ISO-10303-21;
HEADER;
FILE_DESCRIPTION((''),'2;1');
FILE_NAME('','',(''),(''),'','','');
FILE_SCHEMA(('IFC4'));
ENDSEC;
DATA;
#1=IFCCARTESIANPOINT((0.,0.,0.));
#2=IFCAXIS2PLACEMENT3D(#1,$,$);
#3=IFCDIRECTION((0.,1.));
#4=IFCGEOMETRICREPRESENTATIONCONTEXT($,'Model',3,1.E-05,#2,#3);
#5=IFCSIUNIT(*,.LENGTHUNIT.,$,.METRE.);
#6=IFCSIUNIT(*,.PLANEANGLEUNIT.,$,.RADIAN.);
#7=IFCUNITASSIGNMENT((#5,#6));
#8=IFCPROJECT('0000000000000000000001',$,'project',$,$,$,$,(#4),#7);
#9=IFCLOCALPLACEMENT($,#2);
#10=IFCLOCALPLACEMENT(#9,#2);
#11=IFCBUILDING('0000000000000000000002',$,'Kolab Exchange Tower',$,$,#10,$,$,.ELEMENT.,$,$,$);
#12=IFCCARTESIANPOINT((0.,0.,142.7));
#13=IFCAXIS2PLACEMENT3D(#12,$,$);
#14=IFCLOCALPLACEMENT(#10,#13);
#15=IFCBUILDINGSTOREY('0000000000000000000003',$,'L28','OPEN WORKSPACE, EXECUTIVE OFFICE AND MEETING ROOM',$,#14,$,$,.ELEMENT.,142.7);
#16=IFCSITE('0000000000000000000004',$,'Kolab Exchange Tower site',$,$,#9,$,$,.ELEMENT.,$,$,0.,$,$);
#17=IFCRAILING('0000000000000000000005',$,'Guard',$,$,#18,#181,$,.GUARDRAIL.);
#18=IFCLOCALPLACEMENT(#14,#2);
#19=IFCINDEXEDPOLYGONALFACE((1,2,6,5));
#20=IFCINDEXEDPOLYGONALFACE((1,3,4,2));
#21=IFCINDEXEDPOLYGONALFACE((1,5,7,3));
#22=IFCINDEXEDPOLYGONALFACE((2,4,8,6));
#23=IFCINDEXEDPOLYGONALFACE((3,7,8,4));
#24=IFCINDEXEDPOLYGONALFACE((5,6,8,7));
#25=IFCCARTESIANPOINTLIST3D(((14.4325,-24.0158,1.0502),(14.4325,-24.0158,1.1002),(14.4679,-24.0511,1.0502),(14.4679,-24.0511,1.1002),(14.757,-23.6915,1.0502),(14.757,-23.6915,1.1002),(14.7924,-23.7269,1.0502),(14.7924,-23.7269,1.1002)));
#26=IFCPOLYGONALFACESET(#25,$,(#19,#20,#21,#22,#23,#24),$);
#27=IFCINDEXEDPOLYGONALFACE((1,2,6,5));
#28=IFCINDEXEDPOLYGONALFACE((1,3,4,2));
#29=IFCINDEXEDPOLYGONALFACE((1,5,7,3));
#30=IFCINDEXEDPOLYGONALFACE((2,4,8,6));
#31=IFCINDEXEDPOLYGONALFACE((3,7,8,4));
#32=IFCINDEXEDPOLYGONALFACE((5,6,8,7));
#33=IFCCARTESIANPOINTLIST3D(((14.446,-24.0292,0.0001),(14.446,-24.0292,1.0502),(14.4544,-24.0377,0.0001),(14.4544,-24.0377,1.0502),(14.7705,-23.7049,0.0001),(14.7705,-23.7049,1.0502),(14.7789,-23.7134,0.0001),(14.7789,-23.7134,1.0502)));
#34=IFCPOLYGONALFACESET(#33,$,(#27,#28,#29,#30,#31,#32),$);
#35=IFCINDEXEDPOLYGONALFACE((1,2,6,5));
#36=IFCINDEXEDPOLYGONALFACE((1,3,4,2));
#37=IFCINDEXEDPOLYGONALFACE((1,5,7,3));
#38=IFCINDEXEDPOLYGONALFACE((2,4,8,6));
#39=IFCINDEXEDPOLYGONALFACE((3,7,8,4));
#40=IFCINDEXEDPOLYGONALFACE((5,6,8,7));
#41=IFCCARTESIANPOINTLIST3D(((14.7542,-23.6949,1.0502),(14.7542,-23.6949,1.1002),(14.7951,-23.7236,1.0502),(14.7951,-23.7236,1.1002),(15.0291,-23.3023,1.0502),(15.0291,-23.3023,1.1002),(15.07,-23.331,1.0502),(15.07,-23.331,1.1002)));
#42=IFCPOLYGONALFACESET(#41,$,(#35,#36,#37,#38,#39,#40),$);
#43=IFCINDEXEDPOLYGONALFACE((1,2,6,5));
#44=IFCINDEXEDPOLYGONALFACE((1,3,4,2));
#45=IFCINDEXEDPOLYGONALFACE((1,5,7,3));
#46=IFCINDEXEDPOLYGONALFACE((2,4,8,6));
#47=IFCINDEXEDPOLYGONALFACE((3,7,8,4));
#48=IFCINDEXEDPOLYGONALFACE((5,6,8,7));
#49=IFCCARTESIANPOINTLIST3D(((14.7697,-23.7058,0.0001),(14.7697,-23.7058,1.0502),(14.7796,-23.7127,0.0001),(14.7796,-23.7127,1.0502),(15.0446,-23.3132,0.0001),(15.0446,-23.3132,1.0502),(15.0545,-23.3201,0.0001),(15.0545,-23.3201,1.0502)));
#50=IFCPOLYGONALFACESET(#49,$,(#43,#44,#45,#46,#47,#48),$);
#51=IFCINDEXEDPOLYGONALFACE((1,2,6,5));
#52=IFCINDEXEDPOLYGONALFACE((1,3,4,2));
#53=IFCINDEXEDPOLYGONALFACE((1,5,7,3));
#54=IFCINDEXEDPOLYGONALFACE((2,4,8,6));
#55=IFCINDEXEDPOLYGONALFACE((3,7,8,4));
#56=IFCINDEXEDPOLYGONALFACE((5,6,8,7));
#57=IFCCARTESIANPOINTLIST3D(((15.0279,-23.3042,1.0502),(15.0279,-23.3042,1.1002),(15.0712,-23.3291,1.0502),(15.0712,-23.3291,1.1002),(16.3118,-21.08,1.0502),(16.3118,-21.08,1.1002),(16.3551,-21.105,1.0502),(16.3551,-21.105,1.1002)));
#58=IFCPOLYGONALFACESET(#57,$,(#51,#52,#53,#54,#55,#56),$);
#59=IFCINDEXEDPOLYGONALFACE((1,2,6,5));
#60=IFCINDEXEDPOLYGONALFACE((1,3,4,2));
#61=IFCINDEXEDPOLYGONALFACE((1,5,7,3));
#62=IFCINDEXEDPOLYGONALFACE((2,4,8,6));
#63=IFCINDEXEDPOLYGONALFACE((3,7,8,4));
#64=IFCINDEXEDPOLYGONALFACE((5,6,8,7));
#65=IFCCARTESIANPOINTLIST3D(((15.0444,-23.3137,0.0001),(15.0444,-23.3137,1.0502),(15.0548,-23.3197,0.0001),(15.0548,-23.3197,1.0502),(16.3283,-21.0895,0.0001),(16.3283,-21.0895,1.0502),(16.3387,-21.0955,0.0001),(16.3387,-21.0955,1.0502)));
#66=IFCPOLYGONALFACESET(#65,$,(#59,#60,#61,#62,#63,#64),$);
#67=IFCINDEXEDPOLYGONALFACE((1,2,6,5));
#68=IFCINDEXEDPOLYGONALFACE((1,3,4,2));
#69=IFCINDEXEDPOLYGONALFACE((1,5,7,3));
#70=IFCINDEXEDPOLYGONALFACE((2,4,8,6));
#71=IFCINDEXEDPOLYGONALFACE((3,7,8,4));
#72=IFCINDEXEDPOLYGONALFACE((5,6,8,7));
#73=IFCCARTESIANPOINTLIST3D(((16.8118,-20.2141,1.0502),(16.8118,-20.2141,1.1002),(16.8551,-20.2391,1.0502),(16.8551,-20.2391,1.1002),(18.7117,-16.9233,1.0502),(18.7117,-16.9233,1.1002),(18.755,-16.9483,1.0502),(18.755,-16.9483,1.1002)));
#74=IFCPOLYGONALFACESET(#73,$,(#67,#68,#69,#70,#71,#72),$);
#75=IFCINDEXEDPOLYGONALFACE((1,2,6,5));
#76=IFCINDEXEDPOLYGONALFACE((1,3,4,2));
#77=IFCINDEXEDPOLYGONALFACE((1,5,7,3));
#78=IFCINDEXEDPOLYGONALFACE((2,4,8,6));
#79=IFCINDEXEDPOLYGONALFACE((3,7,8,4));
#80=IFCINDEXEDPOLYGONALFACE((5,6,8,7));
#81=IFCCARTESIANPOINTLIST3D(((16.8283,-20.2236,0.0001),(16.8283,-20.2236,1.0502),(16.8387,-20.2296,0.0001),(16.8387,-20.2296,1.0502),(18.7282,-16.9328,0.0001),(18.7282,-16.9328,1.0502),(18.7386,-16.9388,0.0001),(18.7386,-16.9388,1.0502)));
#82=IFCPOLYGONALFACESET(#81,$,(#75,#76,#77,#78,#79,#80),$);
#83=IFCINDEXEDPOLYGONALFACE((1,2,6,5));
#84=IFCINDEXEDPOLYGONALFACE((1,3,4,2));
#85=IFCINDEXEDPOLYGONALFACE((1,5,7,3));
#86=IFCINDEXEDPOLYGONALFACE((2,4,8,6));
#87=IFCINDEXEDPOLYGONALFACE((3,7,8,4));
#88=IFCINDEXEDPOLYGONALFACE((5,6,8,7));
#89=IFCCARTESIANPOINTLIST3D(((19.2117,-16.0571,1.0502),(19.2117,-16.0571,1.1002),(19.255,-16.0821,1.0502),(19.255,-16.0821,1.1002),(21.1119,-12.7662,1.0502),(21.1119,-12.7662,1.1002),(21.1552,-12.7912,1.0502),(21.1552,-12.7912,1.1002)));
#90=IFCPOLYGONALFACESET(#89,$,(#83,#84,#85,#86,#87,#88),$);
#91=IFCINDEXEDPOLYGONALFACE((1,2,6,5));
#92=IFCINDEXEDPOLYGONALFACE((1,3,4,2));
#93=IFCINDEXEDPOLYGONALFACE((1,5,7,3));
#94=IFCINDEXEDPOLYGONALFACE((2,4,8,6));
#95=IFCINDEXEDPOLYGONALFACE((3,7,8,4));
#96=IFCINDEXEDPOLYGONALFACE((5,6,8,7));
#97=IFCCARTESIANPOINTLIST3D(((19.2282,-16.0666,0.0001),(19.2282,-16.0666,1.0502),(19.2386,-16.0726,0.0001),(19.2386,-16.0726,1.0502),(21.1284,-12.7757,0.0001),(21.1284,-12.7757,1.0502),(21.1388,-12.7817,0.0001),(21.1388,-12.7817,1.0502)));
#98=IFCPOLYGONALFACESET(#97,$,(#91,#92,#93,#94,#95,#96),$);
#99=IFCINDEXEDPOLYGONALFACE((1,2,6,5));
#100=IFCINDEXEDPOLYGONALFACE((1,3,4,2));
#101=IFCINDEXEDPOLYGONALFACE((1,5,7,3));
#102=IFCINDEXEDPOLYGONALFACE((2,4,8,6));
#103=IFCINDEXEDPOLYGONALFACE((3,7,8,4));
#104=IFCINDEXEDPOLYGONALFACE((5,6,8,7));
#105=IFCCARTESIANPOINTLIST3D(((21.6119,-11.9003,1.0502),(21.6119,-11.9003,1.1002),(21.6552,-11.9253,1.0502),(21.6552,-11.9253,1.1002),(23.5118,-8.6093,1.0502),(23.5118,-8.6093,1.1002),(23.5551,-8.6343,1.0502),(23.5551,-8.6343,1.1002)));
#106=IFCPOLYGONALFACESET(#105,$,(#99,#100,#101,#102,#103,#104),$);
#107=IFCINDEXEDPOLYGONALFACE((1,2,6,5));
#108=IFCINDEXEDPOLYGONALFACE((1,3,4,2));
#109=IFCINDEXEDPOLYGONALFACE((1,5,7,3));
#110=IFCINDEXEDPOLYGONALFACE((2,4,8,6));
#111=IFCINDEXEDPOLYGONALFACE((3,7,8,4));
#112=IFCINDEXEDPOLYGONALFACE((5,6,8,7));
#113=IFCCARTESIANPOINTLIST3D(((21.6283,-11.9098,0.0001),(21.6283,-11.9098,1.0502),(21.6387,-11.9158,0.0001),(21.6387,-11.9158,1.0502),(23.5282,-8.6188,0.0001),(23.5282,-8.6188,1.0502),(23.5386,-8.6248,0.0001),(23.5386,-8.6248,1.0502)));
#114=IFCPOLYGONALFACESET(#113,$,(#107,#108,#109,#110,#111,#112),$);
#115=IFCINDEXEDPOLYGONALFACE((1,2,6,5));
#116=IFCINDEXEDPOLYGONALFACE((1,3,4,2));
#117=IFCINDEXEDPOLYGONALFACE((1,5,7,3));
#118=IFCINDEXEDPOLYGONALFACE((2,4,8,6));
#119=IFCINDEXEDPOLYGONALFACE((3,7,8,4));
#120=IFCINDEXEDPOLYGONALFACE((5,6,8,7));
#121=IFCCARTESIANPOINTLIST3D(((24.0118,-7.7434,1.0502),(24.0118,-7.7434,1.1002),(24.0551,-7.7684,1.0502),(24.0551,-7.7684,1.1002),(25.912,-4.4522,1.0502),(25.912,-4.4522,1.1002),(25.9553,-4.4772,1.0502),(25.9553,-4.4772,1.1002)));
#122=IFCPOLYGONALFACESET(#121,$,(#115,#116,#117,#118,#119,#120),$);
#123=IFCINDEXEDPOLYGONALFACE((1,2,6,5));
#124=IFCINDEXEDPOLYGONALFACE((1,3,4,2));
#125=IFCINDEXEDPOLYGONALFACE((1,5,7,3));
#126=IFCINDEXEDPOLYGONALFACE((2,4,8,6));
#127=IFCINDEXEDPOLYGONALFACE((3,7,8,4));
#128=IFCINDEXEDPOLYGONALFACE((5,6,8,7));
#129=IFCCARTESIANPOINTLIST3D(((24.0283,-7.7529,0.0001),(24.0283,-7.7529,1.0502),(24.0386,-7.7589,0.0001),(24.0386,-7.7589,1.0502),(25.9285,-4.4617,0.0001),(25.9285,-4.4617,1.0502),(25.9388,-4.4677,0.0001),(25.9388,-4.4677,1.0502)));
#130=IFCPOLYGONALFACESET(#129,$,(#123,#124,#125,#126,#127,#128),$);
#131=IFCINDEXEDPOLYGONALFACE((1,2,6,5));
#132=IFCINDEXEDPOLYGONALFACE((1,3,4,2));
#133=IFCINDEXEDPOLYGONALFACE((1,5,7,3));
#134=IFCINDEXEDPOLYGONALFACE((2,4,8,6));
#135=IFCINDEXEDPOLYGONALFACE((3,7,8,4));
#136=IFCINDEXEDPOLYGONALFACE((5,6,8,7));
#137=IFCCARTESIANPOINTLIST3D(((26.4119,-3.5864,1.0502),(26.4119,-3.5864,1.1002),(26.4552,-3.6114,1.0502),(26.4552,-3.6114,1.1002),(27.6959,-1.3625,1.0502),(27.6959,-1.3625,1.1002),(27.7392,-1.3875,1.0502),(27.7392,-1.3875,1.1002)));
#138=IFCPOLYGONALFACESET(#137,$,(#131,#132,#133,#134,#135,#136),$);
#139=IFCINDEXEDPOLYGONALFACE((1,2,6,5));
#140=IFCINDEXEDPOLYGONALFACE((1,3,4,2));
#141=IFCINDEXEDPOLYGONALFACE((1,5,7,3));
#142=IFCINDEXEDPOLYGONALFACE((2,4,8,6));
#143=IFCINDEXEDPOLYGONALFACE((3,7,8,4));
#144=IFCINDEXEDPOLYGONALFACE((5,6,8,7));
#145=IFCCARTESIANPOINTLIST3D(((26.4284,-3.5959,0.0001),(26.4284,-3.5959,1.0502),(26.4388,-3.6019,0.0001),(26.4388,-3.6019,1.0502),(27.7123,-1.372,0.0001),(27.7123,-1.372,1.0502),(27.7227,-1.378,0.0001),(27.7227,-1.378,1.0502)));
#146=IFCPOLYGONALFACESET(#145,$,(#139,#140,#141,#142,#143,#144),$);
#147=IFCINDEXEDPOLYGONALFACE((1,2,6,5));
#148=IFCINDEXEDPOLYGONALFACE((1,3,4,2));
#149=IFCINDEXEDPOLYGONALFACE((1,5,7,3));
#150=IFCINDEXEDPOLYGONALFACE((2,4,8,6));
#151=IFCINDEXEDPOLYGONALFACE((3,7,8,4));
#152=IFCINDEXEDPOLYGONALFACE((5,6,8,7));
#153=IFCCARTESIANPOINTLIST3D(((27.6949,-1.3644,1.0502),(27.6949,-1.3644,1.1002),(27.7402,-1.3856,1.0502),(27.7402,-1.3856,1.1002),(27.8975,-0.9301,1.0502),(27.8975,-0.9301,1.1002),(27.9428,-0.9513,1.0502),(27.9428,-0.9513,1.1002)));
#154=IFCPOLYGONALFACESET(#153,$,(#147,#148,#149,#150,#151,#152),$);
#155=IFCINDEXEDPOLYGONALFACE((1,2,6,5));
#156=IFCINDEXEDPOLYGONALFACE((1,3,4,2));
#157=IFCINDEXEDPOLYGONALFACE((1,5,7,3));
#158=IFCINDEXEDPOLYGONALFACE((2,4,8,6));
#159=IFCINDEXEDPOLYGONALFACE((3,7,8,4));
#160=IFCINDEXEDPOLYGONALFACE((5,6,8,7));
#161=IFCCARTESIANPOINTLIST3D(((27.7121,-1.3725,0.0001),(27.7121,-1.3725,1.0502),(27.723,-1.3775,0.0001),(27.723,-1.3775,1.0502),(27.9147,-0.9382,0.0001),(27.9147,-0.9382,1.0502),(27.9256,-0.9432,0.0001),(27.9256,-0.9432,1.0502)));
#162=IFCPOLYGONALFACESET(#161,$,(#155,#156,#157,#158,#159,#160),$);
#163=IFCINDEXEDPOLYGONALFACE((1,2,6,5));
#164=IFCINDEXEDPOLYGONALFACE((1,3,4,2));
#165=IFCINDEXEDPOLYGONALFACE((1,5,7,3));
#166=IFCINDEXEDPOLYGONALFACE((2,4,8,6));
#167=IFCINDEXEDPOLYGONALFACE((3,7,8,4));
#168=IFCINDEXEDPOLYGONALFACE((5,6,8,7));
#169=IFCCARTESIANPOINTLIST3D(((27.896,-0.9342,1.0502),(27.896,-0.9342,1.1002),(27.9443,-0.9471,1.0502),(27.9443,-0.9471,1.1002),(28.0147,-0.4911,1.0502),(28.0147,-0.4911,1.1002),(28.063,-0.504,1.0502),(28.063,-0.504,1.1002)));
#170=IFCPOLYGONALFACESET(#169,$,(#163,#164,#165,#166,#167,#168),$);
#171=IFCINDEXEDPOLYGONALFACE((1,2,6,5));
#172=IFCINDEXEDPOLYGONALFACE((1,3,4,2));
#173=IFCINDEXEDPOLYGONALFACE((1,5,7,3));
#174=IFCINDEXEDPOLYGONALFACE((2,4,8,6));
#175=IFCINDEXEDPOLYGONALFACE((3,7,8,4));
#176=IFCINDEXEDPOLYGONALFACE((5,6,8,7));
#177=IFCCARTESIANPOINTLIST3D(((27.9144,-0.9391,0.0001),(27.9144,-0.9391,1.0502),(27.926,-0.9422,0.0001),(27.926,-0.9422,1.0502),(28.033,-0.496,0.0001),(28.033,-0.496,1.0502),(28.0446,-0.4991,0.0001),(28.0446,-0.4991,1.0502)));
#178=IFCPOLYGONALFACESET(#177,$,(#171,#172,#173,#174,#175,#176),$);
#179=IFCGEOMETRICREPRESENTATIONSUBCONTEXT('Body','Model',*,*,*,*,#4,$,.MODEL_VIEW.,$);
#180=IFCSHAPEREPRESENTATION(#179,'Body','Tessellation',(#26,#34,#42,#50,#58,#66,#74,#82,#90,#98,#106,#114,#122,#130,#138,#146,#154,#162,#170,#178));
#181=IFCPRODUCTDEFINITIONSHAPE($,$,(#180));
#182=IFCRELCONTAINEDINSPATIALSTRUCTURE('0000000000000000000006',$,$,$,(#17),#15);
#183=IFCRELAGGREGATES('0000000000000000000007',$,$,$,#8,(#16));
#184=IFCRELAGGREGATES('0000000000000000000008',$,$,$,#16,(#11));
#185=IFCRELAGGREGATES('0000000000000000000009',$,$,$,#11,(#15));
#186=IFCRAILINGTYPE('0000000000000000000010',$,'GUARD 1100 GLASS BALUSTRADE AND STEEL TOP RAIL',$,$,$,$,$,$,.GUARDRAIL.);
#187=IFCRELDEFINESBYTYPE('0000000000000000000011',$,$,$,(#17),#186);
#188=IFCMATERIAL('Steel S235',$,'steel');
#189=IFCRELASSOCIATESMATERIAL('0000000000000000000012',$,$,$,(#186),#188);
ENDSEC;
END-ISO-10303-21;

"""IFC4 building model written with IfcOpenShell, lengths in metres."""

from ifc_helpers import new_model, si_unit, direction, frame, frame_2d, origin, origin_2d, place, context, subcontext, project, spatial, rectangle, extrude, material, type_object, element, save


model = new_model("IFC4")

# Units and contexts
model_context = context("Model", 3, precision=1e-05, world=origin(), true_north=direction((0.0, 1.0)))
body_context = subcontext(model_context, "Body", "Model", "MODEL_VIEW")
ifc_project = project(units=[si_unit("LENGTHUNIT", "METRE"), si_unit("PLANEANGLEUNIT", "RADIAN")], contexts=[model_context])

# Site, building, storey
site_placement = place(None, origin())
site = spatial("IfcSite", under=ifc_project, at=site_placement, Name="Kolab Exchange Tower site", CompositionType="ELEMENT", RefElevation=0.0)
building_placement = place(site_placement, origin())
building = spatial("IfcBuilding", under=site, at=building_placement, Name="Kolab Exchange Tower", CompositionType="ELEMENT")
storey_placement = place(building_placement, frame((0.0, 0.0, 142.7)))
storey = spatial("IfcBuildingStorey", under=building, at=storey_placement, Name="L28", Description="OPEN WORKSPACE, EXECUTIVE OFFICE AND MEETING ROOM", CompositionType="ELEMENT", Elevation=142.7)

# Railing
ifc_material_1 = material(Name="Steel S235", Category="steel")
railing_type = type_object("IfcRailingType", Name="GUARD 1100 GLASS BALUSTRADE AND STEEL TOP RAIL", PredefinedType="GUARDRAIL", material=ifc_material_1)
railing_placement = place(storey_placement, frame((14.4502, -24.0334, 0.0)))
element("IfcRailing", 1, at=railing_placement, inside=storey, type_object=railing_type, Name="Guard", PredefinedType="GUARDRAIL", context=body_context, shape_type="SweptSolid", body=[
    extrude(rectangle(XDim=0.05, YDim=0.05, at=origin_2d()), frame((0.0, 0.0, 1.0752), z_axis=(0.707373, 0.706841, 0.0), x_axis=(-0.706841, 0.707373, 0.0)), (0.0, 0.0, 1.0), 0.4587),
    extrude(rectangle(XDim=0.012, YDim=1.0501, at=frame_2d((0.0, 0.5251))), frame((0.0, 0.0, 0.0), z_axis=(0.707373, 0.706841, 0.0), x_axis=(-0.706841, 0.707373, 0.0)), (0.0, 0.0, 1.0), 0.4587),
    extrude(rectangle(XDim=0.05, YDim=0.05, at=origin_2d()), frame((0.3245, 0.3242, 1.0752), z_axis=(0.573599, 0.819136, 0.0), x_axis=(-0.819136, 0.573599, 0.0)), (0.0, 0.0, 1.0), 0.4792),
    extrude(rectangle(XDim=0.012, YDim=1.0501, at=frame_2d((0.0, 0.5251))), frame((0.3245, 0.3242, 0.0), z_axis=(0.573599, 0.819136, 0.0), x_axis=(-0.819136, 0.573599, 0.0)), (0.0, 0.0, 1.0), 0.4792),
    extrude(rectangle(XDim=0.05, YDim=0.05, at=origin_2d()), frame((0.5994, 0.7168, 1.0752), z_axis=(0.499953, 0.866053, 0.0), x_axis=(-0.866053, 0.499953, 0.0)), (0.0, 0.0, 1.0), 2.5681),
    extrude(rectangle(XDim=0.012, YDim=1.0501, at=frame_2d((0.0, 0.5251))), frame((0.5994, 0.7168, 0.0), z_axis=(0.499953, 0.866053, 0.0), x_axis=(-0.866053, 0.499953, 0.0)), (0.0, 0.0, 1.0), 2.5681),
    extrude(rectangle(XDim=0.05, YDim=0.05, at=origin_2d()), frame((2.3833, 3.8069, 1.0752), z_axis=(0.499995, 0.866028, 0.0), x_axis=(-0.866028, 0.499995, 0.0)), (0.0, 0.0, 1.0), 3.7998),
    extrude(rectangle(XDim=0.012, YDim=1.0501, at=frame_2d((0.0, 0.5251))), frame((2.3833, 3.8069, 0.0), z_axis=(0.499995, 0.866028, 0.0), x_axis=(-0.866028, 0.499995, 0.0)), (0.0, 0.0, 1.0), 3.7998),
    extrude(rectangle(XDim=0.05, YDim=0.05, at=origin_2d()), frame((4.7832, 7.9639, 1.0752), z_axis=(0.500043, 0.866, 0.0), x_axis=(-0.866, 0.500043, 0.0)), (0.0, 0.0, 1.0), 3.8),
    extrude(rectangle(XDim=0.012, YDim=1.0501, at=frame_2d((0.0, 0.5251))), frame((4.7832, 7.9639, 0.0), z_axis=(0.500043, 0.866, 0.0), x_axis=(-0.866, 0.500043, 0.0)), (0.0, 0.0, 1.0), 3.8),
    extrude(rectangle(XDim=0.05, YDim=0.05, at=origin_2d()), frame((7.1833, 12.1206, 1.0752), z_axis=(0.499967, 0.866044, 0.0), x_axis=(-0.866044, 0.499967, 0.0)), (0.0, 0.0, 1.0), 3.8),
    extrude(rectangle(XDim=0.012, YDim=1.0501, at=frame_2d((0.0, 0.5251))), frame((7.1833, 12.1206, 0.0), z_axis=(0.499967, 0.866044, 0.0), x_axis=(-0.866044, 0.499967, 0.0)), (0.0, 0.0, 1.0), 3.8),
    extrude(rectangle(XDim=0.05, YDim=0.05, at=origin_2d()), frame((9.5833, 16.2776, 1.0752), z_axis=(0.500015, 0.866017, 0.0), x_axis=(-0.866017, 0.500015, 0.0)), (0.0, 0.0, 1.0), 3.8003),
    extrude(rectangle(XDim=0.012, YDim=1.0501, at=frame_2d((0.0, 0.5251))), frame((9.5833, 16.2776, 0.0), z_axis=(0.500015, 0.866017, 0.0), x_axis=(-0.866017, 0.500015, 0.0)), (0.0, 0.0, 1.0), 3.8003),
    extrude(rectangle(XDim=0.05, YDim=0.05, at=origin_2d()), frame((11.9834, 20.4346, 1.0752), z_axis=(0.499994, 0.866029, 0.0), x_axis=(-0.866029, 0.499994, 0.0)), (0.0, 0.0, 1.0), 2.5679),
    extrude(rectangle(XDim=0.012, YDim=1.0501, at=frame_2d((0.0, 0.5251))), frame((11.9834, 20.4346, 0.0), z_axis=(0.499994, 0.866029, 0.0), x_axis=(-0.866029, 0.499994, 0.0)), (0.0, 0.0, 1.0), 2.5679),
    extrude(rectangle(XDim=0.05, YDim=0.05, at=origin_2d()), frame((13.2673, 22.6584, 1.0752), z_axis=(0.422802, 0.906222, 0.0), x_axis=(-0.906222, 0.422802, 0.0)), (0.0, 0.0, 1.0), 0.4792),
    extrude(rectangle(XDim=0.012, YDim=1.0501, at=frame_2d((0.0, 0.5251))), frame((13.2673, 22.6584, 0.0), z_axis=(0.422802, 0.906222, 0.0), x_axis=(-0.906222, 0.422802, 0.0)), (0.0, 0.0, 1.0), 0.4792),
    extrude(rectangle(XDim=0.05, YDim=0.05, at=origin_2d()), frame((13.47, 23.0928, 1.0752), z_axis=(0.258656, 0.965969, 0.0), x_axis=(-0.965969, 0.258656, 0.0)), (0.0, 0.0, 1.0), 0.4587),
    extrude(rectangle(XDim=0.012, YDim=1.0501, at=frame_2d((0.0, 0.5251))), frame((13.47, 23.0928, 0.0), z_axis=(0.258656, 0.965969, 0.0), x_axis=(-0.965969, 0.258656, 0.0)), (0.0, 0.0, 1.0), 0.4587),
])

save(model, "model.ifc")
